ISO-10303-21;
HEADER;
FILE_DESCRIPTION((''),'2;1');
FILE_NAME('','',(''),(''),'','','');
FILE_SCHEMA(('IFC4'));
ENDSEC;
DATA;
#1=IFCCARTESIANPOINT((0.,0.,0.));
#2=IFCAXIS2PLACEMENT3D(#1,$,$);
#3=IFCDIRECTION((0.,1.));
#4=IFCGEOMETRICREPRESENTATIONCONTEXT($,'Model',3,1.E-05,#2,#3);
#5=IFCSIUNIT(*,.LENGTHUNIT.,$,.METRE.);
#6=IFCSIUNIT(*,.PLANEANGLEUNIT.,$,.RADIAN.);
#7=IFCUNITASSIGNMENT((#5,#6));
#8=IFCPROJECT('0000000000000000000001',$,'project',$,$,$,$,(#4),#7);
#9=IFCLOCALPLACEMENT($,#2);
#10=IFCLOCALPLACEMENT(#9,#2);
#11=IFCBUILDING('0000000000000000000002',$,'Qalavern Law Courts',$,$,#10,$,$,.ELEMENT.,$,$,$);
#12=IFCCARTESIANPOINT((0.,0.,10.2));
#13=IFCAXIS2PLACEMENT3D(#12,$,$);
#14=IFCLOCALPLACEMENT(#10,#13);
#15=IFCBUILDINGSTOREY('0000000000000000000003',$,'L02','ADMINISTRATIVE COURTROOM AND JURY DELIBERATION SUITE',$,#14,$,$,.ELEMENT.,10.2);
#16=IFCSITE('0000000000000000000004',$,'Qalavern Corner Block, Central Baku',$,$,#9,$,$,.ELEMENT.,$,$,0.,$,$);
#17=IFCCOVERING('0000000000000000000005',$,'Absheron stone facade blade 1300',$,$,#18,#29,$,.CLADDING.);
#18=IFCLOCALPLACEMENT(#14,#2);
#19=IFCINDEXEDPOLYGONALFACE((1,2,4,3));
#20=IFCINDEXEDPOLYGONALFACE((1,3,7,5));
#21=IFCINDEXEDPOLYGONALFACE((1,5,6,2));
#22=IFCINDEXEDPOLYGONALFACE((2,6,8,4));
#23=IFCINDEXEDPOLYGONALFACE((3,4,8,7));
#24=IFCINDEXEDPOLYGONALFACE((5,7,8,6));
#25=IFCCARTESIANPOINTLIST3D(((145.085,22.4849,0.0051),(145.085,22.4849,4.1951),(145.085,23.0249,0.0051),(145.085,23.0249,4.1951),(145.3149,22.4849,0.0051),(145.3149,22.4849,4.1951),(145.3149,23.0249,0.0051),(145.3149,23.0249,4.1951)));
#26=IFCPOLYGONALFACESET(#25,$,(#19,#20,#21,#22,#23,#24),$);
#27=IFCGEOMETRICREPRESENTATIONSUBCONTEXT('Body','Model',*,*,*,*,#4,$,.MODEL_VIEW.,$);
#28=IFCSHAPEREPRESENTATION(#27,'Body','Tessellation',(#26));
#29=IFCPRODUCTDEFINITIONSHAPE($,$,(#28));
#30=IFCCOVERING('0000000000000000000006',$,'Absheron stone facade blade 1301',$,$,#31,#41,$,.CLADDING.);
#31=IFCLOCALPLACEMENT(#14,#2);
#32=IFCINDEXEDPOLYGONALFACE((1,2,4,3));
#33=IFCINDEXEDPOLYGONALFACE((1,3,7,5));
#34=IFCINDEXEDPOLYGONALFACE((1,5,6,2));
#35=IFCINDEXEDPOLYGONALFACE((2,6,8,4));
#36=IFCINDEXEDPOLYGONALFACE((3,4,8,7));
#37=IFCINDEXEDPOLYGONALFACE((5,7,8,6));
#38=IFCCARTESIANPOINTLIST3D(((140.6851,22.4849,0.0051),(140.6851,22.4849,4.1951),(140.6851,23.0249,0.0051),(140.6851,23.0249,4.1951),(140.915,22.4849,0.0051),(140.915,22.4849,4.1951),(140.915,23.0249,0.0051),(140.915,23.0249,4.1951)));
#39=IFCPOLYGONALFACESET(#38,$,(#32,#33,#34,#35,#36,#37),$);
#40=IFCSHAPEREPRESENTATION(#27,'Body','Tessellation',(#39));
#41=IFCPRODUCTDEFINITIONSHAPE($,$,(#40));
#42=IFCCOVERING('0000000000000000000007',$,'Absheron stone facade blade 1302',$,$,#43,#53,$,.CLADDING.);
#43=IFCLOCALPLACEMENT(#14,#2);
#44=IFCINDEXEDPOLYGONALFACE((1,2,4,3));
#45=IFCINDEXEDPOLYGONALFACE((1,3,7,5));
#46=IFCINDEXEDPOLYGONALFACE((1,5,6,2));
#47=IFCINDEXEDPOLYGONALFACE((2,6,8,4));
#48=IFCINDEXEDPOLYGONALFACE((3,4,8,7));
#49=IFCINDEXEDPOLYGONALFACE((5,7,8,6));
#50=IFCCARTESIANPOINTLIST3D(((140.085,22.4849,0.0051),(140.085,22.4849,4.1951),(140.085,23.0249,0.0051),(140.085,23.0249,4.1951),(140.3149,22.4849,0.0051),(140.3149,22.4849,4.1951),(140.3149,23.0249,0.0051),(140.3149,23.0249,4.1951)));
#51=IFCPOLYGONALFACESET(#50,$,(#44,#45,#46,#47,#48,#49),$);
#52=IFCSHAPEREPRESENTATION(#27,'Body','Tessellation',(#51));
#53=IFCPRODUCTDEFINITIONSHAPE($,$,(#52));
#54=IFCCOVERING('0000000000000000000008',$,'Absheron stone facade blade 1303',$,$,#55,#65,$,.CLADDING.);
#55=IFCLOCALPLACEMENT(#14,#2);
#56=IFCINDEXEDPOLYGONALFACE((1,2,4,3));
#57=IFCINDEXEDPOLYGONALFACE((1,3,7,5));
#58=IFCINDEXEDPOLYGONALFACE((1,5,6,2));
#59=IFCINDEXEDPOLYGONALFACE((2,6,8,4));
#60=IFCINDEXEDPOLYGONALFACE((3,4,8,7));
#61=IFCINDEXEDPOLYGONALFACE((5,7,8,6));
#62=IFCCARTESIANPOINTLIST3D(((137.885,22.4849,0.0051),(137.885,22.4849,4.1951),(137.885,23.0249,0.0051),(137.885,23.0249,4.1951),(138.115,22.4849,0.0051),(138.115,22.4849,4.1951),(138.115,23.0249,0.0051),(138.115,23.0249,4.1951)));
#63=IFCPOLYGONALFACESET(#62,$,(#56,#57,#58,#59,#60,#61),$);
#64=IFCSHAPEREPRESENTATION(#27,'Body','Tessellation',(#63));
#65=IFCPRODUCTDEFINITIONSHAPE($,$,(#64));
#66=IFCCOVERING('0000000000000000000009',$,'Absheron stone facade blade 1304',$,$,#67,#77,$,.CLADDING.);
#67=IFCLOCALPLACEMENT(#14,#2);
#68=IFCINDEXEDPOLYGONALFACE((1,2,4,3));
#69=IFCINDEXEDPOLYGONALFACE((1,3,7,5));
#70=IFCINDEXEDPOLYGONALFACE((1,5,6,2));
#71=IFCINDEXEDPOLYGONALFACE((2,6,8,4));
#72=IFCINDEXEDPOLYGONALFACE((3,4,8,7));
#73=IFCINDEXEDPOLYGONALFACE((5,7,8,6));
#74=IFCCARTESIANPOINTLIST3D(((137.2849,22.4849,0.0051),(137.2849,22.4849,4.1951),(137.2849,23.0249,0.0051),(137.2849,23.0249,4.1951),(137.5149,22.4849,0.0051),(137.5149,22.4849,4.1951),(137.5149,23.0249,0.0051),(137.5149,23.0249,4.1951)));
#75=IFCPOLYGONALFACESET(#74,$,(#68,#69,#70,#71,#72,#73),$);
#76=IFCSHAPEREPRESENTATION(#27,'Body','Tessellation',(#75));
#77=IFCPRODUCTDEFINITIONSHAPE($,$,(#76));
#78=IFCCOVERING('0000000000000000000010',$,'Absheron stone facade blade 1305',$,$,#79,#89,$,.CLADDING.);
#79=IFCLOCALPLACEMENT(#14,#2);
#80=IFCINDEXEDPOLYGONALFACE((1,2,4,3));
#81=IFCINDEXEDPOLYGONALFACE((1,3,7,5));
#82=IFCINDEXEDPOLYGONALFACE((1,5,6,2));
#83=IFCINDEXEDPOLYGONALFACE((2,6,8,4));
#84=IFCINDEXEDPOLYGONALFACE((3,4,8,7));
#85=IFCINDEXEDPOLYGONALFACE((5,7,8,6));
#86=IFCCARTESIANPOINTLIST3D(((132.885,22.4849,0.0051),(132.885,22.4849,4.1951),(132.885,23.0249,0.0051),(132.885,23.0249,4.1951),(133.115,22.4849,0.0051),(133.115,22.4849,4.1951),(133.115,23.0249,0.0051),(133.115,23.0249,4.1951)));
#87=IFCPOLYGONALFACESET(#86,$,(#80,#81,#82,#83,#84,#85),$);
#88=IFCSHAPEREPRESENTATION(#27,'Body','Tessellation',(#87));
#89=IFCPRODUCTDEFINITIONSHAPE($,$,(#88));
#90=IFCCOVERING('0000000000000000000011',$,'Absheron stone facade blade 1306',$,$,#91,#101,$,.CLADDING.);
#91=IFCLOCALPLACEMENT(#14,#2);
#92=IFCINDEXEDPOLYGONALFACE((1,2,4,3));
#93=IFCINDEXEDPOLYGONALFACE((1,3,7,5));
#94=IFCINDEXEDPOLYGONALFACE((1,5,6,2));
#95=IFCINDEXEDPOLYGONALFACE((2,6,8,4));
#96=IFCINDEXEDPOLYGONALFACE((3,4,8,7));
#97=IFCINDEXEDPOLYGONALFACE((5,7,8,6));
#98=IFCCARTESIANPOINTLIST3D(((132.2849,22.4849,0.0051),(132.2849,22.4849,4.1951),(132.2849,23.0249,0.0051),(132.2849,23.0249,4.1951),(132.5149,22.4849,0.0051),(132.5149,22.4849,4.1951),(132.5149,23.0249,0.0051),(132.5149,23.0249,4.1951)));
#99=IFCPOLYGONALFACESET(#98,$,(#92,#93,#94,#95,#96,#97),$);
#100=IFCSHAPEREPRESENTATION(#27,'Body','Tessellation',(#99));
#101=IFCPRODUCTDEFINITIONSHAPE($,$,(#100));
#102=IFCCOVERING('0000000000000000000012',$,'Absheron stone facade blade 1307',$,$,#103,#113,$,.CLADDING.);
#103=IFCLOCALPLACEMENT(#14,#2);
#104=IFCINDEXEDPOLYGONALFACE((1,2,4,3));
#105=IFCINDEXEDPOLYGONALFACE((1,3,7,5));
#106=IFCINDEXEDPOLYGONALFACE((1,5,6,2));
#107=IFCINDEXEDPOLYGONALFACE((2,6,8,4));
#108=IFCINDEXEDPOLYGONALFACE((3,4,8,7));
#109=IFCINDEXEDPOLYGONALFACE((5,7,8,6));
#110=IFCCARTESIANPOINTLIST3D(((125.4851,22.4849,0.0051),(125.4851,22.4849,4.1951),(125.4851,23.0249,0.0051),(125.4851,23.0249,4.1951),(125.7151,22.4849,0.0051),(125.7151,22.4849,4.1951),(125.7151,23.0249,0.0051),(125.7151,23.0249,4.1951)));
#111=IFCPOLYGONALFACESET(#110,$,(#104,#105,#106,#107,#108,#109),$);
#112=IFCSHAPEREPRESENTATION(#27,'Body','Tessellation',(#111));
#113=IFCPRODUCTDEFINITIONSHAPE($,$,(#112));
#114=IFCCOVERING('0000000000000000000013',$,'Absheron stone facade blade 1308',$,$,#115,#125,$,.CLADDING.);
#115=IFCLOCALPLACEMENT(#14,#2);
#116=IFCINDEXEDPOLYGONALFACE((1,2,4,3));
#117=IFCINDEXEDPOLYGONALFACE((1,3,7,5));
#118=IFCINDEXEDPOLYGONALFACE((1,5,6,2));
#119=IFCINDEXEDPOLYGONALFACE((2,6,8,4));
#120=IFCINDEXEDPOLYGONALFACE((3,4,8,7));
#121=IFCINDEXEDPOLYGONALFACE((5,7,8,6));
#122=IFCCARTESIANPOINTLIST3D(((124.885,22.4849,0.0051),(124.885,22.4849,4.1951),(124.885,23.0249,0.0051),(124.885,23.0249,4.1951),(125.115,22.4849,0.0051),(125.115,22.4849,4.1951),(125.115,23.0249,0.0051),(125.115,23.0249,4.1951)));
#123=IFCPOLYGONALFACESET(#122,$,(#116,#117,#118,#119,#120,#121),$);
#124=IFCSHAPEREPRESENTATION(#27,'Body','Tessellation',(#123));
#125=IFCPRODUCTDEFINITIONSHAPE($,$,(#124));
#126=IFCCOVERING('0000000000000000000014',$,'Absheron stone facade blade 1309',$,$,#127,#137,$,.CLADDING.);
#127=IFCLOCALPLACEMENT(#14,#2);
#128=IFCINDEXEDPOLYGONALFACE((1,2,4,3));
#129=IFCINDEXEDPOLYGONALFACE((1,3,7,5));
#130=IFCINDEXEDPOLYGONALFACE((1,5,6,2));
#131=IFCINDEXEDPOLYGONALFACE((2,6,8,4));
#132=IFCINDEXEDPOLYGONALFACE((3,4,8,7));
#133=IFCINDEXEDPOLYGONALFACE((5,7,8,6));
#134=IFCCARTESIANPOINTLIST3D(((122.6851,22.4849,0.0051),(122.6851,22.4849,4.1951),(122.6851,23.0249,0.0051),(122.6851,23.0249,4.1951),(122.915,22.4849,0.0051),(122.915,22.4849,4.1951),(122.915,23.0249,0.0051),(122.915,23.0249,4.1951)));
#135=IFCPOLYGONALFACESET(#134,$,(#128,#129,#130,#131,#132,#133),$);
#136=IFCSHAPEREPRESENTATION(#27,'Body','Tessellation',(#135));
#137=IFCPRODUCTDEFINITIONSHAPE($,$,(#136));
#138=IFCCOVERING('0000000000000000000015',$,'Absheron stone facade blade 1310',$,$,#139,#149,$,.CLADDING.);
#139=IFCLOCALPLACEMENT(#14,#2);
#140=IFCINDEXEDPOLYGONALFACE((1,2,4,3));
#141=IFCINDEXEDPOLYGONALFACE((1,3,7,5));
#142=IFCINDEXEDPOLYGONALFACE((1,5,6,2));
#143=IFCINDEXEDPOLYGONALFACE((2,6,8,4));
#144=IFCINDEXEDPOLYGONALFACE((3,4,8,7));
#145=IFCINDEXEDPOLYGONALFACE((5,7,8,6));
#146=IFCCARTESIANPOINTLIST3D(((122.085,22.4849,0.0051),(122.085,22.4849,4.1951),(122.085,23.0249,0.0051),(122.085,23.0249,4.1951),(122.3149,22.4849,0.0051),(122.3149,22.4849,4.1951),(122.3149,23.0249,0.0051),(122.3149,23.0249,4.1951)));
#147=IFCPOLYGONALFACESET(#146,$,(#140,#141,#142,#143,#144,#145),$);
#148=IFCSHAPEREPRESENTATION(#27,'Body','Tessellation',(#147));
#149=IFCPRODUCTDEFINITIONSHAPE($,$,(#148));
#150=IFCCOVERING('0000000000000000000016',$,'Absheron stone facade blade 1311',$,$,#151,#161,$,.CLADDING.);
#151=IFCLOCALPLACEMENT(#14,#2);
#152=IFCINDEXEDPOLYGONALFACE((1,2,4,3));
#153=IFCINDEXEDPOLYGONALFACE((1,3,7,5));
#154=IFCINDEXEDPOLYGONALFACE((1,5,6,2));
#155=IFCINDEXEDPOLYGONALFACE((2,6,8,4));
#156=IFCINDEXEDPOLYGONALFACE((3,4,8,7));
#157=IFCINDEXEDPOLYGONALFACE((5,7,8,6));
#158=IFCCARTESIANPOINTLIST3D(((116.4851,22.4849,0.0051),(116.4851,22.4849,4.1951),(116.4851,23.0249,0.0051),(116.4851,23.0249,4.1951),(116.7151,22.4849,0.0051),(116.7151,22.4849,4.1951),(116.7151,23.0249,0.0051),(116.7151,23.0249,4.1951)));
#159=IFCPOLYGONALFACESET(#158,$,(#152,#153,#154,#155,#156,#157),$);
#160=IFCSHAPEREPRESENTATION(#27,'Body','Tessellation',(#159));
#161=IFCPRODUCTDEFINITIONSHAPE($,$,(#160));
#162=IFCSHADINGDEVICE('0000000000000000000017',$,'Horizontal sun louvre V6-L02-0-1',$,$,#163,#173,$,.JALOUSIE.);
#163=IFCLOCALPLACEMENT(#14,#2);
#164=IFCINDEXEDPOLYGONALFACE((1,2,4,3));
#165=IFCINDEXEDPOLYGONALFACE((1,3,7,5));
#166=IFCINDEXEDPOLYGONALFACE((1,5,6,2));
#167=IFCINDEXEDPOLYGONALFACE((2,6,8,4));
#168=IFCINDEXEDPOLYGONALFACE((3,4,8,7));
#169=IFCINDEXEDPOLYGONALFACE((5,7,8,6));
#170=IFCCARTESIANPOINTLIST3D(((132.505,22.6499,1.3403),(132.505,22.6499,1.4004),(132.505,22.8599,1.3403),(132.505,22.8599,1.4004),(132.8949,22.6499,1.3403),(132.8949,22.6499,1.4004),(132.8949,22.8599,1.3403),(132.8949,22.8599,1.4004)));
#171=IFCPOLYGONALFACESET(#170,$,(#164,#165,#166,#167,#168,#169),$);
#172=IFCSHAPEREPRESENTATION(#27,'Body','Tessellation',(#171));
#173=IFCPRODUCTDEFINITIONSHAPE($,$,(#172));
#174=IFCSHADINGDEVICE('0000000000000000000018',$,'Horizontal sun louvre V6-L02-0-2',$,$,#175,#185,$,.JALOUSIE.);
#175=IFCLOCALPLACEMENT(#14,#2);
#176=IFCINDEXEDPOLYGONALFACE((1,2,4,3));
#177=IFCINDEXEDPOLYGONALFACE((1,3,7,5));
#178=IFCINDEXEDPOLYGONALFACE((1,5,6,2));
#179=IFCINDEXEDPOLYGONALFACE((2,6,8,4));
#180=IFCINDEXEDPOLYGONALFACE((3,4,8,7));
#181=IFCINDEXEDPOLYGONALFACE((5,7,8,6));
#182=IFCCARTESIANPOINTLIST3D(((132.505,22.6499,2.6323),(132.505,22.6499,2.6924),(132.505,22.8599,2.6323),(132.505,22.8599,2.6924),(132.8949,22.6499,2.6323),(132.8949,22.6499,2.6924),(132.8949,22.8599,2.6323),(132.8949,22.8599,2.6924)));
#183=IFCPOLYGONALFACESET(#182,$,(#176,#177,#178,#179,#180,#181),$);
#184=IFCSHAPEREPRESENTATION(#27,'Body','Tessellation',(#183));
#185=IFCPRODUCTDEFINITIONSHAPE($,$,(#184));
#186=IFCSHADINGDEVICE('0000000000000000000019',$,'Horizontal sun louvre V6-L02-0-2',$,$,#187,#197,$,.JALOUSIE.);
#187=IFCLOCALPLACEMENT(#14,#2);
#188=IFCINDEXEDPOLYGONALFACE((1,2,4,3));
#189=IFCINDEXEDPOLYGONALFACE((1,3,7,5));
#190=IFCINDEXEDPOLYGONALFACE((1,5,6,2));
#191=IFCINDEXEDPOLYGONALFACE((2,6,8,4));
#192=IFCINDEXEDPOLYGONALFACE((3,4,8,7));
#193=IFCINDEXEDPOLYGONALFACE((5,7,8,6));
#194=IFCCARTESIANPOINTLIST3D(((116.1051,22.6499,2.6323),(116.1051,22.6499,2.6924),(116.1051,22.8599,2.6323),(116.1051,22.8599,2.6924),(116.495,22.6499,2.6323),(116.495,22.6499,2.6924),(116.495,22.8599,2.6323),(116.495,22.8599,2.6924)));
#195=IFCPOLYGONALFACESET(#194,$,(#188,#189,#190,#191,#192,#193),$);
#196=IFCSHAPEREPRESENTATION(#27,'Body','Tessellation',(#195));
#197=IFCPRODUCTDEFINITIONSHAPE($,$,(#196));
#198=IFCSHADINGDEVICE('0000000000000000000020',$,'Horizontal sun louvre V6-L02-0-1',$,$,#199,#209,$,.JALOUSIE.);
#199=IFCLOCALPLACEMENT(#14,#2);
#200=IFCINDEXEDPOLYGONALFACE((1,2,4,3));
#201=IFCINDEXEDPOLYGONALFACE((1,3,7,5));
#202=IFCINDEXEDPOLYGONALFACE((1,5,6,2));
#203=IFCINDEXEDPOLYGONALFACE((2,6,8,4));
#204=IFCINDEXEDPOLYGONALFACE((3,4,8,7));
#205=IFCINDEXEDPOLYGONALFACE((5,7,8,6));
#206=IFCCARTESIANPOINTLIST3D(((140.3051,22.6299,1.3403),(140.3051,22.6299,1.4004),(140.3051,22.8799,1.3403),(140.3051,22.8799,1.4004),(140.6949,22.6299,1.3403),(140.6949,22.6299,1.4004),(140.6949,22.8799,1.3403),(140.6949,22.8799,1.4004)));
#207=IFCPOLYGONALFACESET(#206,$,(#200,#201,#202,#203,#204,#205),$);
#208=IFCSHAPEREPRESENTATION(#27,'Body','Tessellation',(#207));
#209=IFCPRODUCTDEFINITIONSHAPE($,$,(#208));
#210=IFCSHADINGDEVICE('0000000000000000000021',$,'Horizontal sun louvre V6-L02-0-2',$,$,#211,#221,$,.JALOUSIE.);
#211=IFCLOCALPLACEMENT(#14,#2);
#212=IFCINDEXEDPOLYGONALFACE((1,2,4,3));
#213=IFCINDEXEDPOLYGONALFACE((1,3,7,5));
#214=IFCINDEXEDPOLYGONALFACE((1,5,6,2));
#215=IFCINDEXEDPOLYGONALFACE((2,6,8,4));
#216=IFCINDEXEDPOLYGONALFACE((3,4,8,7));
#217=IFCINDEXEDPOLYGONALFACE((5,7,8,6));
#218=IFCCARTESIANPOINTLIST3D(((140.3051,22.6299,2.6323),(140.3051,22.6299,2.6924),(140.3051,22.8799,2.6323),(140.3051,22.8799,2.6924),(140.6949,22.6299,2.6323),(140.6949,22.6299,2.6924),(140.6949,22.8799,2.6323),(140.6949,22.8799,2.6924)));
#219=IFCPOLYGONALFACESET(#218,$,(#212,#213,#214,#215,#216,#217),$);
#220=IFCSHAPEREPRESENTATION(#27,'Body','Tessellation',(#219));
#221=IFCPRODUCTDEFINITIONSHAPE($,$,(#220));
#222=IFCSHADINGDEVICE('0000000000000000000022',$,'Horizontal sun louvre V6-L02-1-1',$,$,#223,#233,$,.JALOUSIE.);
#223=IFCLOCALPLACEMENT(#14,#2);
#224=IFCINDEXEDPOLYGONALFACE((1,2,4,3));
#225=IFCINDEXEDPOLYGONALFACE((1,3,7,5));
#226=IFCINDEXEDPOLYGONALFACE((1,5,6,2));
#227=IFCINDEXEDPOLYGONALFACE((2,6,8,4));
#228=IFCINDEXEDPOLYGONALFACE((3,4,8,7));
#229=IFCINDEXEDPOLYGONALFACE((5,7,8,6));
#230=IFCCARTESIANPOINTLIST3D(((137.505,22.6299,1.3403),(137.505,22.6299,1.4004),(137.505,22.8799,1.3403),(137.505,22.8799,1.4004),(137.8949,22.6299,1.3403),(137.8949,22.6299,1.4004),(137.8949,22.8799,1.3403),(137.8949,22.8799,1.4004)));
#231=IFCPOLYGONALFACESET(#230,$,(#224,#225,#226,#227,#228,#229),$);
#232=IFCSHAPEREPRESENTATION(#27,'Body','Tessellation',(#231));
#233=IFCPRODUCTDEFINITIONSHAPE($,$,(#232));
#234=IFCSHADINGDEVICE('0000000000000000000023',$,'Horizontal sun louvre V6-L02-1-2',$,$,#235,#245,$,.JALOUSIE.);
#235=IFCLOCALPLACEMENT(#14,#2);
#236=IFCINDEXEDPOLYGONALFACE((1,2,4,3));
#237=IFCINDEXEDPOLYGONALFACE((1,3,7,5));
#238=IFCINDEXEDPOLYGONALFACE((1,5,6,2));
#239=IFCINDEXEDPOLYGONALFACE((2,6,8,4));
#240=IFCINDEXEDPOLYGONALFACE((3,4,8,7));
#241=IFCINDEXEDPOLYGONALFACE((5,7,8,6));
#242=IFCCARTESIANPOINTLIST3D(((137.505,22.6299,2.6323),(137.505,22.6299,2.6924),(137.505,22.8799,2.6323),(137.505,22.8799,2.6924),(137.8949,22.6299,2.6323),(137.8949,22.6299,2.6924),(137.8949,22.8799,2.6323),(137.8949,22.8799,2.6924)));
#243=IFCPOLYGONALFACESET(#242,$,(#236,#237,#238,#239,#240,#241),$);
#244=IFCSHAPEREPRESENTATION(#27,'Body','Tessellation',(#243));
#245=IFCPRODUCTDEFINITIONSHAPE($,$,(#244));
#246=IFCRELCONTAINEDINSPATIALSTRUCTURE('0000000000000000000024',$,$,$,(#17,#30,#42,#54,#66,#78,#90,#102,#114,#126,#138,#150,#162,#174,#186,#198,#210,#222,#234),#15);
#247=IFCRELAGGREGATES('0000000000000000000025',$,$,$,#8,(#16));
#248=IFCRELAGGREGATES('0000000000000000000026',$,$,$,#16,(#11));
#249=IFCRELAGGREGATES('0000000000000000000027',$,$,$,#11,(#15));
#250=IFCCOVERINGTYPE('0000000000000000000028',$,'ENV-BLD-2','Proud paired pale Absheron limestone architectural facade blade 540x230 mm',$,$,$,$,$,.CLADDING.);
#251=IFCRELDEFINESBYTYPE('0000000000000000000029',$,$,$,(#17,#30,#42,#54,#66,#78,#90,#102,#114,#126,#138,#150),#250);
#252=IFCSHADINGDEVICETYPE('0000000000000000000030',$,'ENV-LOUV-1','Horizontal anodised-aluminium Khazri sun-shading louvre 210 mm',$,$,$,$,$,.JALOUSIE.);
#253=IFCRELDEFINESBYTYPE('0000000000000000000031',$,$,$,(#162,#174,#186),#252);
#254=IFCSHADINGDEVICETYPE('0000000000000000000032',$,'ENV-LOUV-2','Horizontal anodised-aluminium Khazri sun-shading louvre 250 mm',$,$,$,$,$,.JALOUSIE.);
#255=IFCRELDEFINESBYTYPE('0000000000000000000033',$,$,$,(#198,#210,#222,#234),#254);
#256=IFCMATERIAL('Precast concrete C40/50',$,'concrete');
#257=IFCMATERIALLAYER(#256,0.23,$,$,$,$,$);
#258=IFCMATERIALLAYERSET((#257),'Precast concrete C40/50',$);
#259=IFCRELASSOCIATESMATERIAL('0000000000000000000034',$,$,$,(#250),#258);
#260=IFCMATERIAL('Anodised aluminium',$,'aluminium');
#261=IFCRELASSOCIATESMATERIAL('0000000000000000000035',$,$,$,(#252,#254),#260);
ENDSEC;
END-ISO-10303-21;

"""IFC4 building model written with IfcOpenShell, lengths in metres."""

from ifc_helpers import new_model, si_unit, direction, frame, origin, origin_2d, place, context, subcontext, project, spatial, rectangle, extrude, material, layer, layer_set, type_object, element, save


model = new_model("IFC4")

# Units and contexts
model_context = context("Model", 3, precision=1e-05, world=origin(), true_north=direction((0.0, 1.0)))
body_context = subcontext(model_context, "Body", "Model", "MODEL_VIEW")
ifc_project = project(units=[si_unit("LENGTHUNIT", "METRE"), si_unit("PLANEANGLEUNIT", "RADIAN")], contexts=[model_context])

# Site, building, storey
site_placement = place(None, origin())
site = spatial("IfcSite", under=ifc_project, at=site_placement, Name="Qalavern Corner Block, Central Baku", CompositionType="ELEMENT", RefElevation=0.0)
building_placement = place(site_placement, origin())
building = spatial("IfcBuilding", under=site, at=building_placement, Name="Qalavern Law Courts", CompositionType="ELEMENT")
storey_placement = place(building_placement, frame((0.0, 0.0, 10.2)))
storey = spatial("IfcBuildingStorey", under=building, at=storey_placement, Name="L02", Description="ADMINISTRATIVE COURTROOM AND JURY DELIBERATION SUITE", CompositionType="ELEMENT", Elevation=10.2)

# Coverings
ifc_material_1 = material(Name="Precast concrete C40/50", Category="concrete")
ifc_layer = layer(ifc_material_1, 0.23)
ifc_layer_set = layer_set([ifc_layer], Name="Precast concrete C40/50")
covering_type = type_object("IfcCoveringType", Name="ENV-BLD-2", Description="Proud paired pale Absheron limestone architectural facade blade 540x230 mm", PredefinedType="CLADDING", material=ifc_layer_set)
for number, where, z_axis, x_axis, name in (
    (1, (145.2, 22.7549, 0.0051), (0.0, 0.0, 1.0), (0.0, 1.0, 0.0), "Absheron stone facade blade 1300"),
    (2, (140.8, 22.7549, 0.0051), (0.0, 0.0, 1.0), (0.0, 1.0, 0.0), "Absheron stone facade blade 1301"),
    (3, (140.2, 22.7549, 0.0051), (0.0, 0.0, 1.0), (0.0, 1.0, 0.0), "Absheron stone facade blade 1302"),
    (4, (138.0, 22.7549, 0.0051), (0.0, 0.0, 1.0), (0.0, 1.0, 0.0), "Absheron stone facade blade 1303"),
    (5, (137.3999, 22.7549, 0.0051), (0.0, 0.0, 1.0), (0.0, 1.0, 0.0), "Absheron stone facade blade 1304"),
    (6, (133.0, 22.7549, 0.0051), (0.0, 0.0, 1.0), (0.0, 1.0, 0.0), "Absheron stone facade blade 1305"),
    (7, (132.3999, 22.7549, 0.0051), (0.0, 0.0, 1.0), (0.0, 1.0, 0.0), "Absheron stone facade blade 1306"),
    (8, (125.6001, 22.7549, 0.0051), (0.0, 0.0, 1.0), (0.0, 1.0, 0.0), "Absheron stone facade blade 1307"),
    (9, (125.0, 22.7549, 0.0051), (0.0, 0.0, 1.0), (0.0, 1.0, 0.0), "Absheron stone facade blade 1308"),
    (10, (122.8, 22.7549, 0.0051), (0.0, 0.0, 1.0), (0.0, 1.0, 0.0), "Absheron stone facade blade 1309"),
    (11, (122.2, 22.7549, 0.0051), (0.0, 0.0, 1.0), (0.0, 1.0, 0.0), "Absheron stone facade blade 1310"),
    (12, (116.6001, 22.7549, 0.0051), (0.0, 0.0, 1.0), (0.0, 1.0, 0.0), "Absheron stone facade blade 1311"),
):
    element("IfcCovering", number, at=place(storey_placement, frame(where, z_axis=z_axis, x_axis=x_axis)), inside=storey, type_object=covering_type, Name=name, PredefinedType="CLADDING", context=body_context, shape_type="SweptSolid", body=[
        extrude(rectangle(XDim=0.54, YDim=0.23, at=origin_2d()), origin(), (0.0, 0.0, 1.0), 4.1899),
    ])

# Shading devices
ifc_material_2 = material(Name="Anodised aluminium", Category="aluminium")
shading_device_type_1 = type_object("IfcShadingDeviceType", Name="ENV-LOUV-1", Description="Horizontal anodised-aluminium Khazri sun-shading louvre 210 mm", PredefinedType="JALOUSIE", material=ifc_material_2)
for number, where, z_axis, x_axis, name in (
    (13, (132.7, 22.7549, 1.3403), (0.0, 0.0, 1.0), (-1.0, 0.0, 0.0), "Horizontal sun louvre V6-L02-0-1"),
    (14, (132.7, 22.7549, 2.6323), (0.0, 0.0, 1.0), (-1.0, 0.0, 0.0), "Horizontal sun louvre V6-L02-0-2"),
    (15, (116.3, 22.7549, 2.6323), (0.0, 0.0, 1.0), (-1.0, 0.0, 0.0), "Horizontal sun louvre V6-L02-0-2"),
):
    element("IfcShadingDevice", number, at=place(storey_placement, frame(where, z_axis=z_axis, x_axis=x_axis)), inside=storey, type_object=shading_device_type_1, Name=name, PredefinedType="JALOUSIE", context=body_context, shape_type="SweptSolid", body=[
        extrude(rectangle(XDim=0.3899, YDim=0.21, at=origin_2d()), origin(), (0.0, 0.0, 1.0), 0.0601),
    ])
shading_device_type_2 = type_object("IfcShadingDeviceType", Name="ENV-LOUV-2", Description="Horizontal anodised-aluminium Khazri sun-shading louvre 250 mm", PredefinedType="JALOUSIE", material=ifc_material_2)
for number, where, z_axis, x_axis, name in (
    (16, (140.5, 22.7549, 1.3403), (0.0, 0.0, 1.0), (-1.0, 0.0, 0.0), "Horizontal sun louvre V6-L02-0-1"),
    (17, (140.5, 22.7549, 2.6323), (0.0, 0.0, 1.0), (-1.0, 0.0, 0.0), "Horizontal sun louvre V6-L02-0-2"),
    (18, (137.7, 22.7549, 1.3403), (0.0, 0.0, 1.0), (-1.0, 0.0, 0.0), "Horizontal sun louvre V6-L02-1-1"),
    (19, (137.7, 22.7549, 2.6323), (0.0, 0.0, 1.0), (-1.0, 0.0, 0.0), "Horizontal sun louvre V6-L02-1-2"),
):
    element("IfcShadingDevice", number, at=place(storey_placement, frame(where, z_axis=z_axis, x_axis=x_axis)), inside=storey, type_object=shading_device_type_2, Name=name, PredefinedType="JALOUSIE", context=body_context, shape_type="SweptSolid", body=[
        extrude(rectangle(XDim=0.3899, YDim=0.25, at=origin_2d()), origin(), (0.0, 0.0, 1.0), 0.0601),
    ])

save(model, "model.ifc")
